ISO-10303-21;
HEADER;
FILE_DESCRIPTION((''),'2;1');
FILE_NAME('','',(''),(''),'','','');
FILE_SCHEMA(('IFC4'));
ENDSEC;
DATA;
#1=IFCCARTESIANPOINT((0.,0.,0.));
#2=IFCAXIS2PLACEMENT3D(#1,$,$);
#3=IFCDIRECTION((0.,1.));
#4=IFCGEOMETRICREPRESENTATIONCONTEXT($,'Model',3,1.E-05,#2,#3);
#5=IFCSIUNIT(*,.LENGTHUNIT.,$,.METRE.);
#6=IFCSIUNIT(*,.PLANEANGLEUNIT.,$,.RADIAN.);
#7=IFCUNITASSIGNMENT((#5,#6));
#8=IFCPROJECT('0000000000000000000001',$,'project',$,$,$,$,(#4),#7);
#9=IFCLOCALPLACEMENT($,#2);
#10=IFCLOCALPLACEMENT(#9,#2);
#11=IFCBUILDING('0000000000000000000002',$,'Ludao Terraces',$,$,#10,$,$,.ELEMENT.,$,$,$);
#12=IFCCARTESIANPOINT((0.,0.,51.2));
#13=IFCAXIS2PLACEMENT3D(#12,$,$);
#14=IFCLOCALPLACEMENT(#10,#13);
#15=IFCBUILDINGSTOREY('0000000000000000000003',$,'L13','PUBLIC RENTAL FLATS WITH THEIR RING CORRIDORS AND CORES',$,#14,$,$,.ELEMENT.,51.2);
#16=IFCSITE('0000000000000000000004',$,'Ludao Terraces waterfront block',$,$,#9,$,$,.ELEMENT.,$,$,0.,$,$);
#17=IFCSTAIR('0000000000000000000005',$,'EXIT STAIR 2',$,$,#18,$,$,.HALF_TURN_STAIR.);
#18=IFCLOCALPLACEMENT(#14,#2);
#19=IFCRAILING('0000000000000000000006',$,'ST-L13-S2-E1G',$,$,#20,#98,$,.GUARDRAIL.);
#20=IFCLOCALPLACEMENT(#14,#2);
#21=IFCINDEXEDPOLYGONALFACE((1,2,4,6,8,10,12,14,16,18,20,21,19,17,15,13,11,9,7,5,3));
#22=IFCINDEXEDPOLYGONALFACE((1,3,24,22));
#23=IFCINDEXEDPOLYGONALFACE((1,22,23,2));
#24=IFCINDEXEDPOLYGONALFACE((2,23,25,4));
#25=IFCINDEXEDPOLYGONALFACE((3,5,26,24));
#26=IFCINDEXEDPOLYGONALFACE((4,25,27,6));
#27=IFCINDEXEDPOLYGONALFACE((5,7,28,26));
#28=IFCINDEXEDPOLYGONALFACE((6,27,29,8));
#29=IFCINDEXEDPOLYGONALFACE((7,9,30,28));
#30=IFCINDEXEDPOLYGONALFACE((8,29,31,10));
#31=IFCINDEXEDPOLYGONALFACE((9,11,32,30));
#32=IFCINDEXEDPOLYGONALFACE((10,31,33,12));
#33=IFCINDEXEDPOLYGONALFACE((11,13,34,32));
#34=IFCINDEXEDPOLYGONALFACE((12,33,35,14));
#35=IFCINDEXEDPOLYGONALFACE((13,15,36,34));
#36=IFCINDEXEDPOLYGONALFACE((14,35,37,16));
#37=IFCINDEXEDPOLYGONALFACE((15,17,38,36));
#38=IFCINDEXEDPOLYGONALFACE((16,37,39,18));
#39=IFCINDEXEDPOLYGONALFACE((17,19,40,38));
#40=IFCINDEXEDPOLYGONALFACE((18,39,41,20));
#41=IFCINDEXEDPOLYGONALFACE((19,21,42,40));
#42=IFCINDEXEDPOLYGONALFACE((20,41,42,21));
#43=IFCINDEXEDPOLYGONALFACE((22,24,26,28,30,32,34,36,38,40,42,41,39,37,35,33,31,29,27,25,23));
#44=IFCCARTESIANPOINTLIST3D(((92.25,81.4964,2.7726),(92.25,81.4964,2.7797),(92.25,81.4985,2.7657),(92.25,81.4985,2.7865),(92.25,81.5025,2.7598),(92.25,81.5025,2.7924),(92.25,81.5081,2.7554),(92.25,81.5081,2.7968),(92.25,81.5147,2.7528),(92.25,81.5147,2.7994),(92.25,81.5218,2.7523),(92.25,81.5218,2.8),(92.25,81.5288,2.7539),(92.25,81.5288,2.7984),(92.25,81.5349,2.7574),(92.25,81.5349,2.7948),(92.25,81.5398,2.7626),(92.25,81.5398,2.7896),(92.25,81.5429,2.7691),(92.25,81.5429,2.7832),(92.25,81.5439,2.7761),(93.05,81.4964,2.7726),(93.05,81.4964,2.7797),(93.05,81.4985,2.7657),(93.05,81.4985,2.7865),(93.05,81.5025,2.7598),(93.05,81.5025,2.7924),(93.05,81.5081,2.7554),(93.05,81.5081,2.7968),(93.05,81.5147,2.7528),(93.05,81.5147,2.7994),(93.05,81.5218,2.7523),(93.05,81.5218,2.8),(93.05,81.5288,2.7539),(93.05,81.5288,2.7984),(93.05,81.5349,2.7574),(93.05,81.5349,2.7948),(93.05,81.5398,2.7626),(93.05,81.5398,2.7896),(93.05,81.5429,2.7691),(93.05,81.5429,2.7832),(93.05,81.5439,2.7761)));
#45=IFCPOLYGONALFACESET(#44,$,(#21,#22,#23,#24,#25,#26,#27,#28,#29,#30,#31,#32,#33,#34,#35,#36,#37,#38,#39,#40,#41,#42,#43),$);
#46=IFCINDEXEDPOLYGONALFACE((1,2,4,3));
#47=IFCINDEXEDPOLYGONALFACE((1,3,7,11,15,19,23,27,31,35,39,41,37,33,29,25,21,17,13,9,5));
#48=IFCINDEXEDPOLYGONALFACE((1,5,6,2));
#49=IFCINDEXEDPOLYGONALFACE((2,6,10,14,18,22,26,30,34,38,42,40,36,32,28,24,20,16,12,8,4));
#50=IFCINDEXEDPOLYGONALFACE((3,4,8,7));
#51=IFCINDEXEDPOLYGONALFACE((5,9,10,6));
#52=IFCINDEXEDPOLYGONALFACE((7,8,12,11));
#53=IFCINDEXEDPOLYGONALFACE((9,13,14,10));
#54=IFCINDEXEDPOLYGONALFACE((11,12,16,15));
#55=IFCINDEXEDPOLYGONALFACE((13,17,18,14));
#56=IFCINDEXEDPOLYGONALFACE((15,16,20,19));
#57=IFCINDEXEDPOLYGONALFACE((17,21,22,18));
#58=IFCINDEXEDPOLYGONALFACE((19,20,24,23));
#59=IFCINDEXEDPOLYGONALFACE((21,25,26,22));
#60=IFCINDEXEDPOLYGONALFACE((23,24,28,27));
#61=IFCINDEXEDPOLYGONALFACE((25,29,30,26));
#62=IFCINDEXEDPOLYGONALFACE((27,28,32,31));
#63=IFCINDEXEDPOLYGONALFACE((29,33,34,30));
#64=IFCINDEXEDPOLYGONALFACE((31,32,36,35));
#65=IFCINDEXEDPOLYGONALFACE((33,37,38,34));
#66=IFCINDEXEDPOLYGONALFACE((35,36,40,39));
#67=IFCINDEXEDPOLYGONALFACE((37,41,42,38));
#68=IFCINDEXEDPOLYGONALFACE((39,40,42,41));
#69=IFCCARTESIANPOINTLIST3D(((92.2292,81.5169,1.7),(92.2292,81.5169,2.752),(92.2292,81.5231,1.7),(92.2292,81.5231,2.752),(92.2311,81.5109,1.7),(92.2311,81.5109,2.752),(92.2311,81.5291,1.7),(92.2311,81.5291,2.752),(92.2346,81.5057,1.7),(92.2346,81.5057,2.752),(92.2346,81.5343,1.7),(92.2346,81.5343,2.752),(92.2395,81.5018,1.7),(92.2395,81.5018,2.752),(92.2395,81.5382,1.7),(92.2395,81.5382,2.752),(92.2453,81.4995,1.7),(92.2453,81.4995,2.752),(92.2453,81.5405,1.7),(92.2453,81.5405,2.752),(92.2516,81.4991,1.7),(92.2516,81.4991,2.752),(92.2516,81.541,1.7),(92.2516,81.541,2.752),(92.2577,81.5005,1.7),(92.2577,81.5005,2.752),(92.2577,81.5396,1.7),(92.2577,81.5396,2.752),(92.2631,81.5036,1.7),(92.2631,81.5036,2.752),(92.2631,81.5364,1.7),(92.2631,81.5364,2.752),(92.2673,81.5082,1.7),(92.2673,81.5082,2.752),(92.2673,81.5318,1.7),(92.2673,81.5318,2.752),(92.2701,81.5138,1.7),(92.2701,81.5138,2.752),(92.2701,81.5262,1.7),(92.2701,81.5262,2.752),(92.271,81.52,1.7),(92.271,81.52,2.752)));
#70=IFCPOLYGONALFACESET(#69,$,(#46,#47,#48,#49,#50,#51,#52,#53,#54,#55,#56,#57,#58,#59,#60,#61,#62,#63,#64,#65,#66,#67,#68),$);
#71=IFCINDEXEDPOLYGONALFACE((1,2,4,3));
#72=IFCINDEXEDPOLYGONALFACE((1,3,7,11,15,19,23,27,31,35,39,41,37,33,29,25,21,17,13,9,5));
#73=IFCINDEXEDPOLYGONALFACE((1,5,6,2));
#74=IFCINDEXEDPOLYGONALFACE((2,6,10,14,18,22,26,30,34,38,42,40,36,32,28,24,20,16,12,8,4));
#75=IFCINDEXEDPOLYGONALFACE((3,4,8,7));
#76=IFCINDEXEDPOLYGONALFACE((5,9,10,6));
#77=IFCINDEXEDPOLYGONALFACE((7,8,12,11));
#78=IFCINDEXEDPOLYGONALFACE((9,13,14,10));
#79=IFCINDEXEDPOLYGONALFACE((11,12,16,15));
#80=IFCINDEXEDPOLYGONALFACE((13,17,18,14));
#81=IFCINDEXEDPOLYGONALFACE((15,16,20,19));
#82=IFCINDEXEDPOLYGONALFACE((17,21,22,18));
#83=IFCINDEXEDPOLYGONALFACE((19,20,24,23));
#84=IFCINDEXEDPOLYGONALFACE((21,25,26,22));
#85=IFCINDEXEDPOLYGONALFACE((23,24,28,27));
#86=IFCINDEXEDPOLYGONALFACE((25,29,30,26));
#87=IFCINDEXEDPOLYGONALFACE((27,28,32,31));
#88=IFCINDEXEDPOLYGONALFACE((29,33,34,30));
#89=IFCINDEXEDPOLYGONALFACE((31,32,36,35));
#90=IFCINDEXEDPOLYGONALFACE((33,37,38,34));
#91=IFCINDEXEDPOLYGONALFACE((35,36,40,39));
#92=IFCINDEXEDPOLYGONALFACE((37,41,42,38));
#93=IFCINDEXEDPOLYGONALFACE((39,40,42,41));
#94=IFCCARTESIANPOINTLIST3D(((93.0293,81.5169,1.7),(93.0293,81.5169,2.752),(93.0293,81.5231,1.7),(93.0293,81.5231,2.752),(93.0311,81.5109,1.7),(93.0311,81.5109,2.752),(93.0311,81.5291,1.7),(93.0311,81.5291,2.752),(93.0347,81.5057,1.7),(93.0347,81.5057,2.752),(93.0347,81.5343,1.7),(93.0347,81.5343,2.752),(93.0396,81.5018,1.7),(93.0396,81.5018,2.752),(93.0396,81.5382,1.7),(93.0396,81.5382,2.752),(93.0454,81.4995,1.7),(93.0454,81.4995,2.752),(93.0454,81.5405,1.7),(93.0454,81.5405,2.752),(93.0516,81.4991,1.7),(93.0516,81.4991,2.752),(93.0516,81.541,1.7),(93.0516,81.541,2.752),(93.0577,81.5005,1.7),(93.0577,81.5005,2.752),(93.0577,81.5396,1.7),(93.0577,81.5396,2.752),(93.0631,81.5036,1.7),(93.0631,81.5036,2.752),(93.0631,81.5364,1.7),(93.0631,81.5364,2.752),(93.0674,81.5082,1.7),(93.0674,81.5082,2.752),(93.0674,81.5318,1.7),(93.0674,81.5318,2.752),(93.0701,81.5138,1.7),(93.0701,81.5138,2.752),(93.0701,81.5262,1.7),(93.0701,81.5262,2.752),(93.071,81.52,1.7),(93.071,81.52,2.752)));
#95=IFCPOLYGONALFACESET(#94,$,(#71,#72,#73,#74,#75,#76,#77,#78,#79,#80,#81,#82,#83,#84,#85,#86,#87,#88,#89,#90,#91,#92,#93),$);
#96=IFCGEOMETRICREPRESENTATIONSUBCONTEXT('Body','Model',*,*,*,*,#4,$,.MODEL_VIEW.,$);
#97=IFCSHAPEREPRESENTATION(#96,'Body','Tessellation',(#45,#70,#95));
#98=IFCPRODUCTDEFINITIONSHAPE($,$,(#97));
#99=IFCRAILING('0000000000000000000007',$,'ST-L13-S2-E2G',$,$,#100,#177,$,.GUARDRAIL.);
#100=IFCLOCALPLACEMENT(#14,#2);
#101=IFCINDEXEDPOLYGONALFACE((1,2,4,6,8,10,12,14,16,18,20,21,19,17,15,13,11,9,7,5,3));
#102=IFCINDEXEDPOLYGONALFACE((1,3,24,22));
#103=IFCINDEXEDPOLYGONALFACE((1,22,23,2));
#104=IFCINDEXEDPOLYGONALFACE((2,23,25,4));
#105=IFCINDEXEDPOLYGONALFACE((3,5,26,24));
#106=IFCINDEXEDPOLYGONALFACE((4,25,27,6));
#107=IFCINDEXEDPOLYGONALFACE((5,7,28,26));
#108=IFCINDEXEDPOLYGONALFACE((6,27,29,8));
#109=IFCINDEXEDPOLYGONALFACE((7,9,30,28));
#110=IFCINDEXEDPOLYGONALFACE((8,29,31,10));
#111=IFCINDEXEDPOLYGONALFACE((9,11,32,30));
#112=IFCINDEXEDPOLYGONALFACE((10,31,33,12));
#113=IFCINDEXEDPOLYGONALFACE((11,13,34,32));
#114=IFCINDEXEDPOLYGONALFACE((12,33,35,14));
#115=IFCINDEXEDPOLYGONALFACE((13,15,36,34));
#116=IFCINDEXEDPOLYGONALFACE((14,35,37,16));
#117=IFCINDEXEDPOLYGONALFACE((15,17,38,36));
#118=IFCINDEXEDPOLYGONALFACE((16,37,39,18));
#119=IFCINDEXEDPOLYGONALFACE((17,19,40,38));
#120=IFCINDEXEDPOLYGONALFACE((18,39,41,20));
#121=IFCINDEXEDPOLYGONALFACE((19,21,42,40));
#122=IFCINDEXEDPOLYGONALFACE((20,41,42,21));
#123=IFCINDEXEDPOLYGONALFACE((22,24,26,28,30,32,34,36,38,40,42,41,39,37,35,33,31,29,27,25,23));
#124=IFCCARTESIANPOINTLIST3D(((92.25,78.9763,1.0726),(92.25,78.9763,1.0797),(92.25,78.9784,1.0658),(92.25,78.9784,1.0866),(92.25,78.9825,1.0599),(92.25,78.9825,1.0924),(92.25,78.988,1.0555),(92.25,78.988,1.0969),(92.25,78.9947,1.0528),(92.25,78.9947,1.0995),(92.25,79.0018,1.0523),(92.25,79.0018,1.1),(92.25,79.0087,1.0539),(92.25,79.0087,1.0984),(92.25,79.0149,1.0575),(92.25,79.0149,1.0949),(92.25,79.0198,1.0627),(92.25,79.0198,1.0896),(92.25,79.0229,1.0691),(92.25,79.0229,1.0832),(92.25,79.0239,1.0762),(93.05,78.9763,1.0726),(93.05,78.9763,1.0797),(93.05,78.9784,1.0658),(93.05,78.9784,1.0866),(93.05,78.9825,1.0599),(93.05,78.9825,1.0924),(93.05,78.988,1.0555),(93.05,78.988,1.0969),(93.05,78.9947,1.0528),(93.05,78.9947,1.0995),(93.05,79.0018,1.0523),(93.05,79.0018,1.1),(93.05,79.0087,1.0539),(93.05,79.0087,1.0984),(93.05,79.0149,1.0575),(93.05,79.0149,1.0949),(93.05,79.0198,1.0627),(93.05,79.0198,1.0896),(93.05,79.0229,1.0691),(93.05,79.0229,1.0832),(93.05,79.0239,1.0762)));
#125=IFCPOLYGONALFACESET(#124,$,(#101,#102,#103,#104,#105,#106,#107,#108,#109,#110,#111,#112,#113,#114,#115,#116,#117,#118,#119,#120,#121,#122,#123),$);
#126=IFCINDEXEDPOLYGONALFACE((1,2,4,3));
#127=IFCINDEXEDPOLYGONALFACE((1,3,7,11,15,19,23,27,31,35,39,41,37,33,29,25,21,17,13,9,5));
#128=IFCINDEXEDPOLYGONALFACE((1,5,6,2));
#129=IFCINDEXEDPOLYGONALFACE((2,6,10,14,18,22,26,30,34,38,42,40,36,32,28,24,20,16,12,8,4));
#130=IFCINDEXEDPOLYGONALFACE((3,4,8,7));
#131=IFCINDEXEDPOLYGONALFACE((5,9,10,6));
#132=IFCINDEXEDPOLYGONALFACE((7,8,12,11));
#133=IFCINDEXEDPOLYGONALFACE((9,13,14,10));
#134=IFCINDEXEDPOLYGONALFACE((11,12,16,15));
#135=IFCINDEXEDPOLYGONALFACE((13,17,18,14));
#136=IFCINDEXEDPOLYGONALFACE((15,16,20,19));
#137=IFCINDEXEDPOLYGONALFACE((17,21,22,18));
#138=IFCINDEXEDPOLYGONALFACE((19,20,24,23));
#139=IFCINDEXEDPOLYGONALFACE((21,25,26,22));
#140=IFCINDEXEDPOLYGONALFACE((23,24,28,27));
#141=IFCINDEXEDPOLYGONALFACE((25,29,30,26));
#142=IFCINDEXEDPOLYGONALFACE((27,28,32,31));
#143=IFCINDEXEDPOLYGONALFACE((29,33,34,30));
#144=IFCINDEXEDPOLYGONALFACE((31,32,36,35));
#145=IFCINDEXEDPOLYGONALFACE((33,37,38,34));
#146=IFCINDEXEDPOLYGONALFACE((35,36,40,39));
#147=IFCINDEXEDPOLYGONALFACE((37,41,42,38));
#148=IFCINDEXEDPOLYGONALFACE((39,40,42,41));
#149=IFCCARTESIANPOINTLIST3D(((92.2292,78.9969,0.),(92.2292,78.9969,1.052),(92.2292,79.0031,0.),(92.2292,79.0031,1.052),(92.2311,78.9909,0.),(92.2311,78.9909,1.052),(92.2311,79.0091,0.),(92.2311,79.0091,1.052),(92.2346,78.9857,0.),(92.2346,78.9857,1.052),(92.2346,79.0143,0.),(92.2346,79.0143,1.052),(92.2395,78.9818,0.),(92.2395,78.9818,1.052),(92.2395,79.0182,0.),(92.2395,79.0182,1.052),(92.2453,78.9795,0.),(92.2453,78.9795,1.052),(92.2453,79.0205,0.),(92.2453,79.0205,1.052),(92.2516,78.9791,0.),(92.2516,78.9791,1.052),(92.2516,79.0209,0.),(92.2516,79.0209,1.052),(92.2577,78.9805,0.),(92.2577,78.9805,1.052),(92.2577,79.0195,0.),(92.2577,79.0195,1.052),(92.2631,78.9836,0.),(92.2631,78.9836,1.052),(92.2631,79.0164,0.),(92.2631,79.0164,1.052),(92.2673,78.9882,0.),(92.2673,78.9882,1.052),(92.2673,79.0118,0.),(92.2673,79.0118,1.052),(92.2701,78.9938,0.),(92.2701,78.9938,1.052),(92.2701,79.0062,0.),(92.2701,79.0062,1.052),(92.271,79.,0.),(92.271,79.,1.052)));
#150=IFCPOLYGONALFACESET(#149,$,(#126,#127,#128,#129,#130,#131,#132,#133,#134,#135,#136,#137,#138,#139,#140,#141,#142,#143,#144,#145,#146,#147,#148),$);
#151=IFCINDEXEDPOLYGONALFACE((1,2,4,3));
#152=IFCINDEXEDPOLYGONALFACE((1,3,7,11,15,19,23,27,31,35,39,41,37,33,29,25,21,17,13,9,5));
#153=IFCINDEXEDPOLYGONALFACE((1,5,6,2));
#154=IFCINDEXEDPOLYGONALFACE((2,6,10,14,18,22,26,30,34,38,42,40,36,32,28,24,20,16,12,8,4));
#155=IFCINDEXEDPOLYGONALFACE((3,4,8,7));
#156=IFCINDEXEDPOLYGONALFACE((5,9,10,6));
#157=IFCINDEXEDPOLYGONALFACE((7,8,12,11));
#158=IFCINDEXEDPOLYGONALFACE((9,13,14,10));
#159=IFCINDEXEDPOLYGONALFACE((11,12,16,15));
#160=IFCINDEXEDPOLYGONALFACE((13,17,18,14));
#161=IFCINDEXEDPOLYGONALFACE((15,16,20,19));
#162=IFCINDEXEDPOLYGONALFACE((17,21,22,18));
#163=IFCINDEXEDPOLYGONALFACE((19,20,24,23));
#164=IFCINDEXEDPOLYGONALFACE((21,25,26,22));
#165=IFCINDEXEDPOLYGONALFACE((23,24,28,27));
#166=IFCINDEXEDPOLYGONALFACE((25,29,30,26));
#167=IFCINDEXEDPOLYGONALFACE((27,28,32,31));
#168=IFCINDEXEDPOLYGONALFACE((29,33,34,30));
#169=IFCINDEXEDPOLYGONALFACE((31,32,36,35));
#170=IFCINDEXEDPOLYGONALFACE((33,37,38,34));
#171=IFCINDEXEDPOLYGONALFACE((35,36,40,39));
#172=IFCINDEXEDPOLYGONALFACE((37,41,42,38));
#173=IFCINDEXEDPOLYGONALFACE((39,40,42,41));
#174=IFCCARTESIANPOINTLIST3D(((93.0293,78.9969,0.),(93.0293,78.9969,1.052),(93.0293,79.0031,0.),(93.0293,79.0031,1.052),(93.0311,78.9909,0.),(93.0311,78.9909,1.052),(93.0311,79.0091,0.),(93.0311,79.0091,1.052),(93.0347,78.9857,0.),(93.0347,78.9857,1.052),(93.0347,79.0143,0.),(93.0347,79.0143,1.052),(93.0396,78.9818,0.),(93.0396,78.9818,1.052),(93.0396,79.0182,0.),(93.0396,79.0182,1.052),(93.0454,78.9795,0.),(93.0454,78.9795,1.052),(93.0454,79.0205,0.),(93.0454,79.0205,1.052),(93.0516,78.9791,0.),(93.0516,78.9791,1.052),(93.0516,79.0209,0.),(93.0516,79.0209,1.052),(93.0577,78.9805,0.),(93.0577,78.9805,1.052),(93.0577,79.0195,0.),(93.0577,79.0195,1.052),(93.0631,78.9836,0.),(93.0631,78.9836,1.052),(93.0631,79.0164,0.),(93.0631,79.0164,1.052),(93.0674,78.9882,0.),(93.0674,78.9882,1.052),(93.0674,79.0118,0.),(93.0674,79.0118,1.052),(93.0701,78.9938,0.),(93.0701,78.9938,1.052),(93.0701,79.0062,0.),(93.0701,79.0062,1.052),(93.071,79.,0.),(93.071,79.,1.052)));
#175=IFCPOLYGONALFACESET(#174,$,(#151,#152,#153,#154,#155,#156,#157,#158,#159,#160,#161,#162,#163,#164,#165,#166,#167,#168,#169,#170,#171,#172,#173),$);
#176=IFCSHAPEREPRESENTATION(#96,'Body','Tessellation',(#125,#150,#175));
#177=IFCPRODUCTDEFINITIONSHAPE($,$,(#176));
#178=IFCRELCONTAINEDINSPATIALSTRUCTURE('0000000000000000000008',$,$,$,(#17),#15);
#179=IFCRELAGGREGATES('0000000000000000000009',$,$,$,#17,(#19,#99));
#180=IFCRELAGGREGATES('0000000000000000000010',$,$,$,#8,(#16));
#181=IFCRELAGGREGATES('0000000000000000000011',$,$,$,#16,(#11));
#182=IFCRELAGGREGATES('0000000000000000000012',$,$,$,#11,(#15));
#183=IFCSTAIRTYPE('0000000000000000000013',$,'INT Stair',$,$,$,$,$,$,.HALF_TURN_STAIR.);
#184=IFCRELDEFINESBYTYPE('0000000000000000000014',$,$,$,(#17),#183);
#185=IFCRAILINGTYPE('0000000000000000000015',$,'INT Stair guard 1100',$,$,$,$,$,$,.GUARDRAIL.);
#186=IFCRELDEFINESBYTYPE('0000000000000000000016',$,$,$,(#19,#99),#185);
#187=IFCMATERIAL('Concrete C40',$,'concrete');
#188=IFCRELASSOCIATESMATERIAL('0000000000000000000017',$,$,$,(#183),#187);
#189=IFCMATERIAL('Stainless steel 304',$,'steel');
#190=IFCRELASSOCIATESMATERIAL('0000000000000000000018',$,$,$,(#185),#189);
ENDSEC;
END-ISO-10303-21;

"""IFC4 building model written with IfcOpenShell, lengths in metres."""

from ifc_helpers import new_model, si_unit, direction, frame, origin, origin_2d, place, context, subcontext, project, spatial, circle, extrude, material, type_object, element, aggregate, save


model = new_model("IFC4")

# Units and contexts
model_context = context("Model", 3, precision=1e-05, world=origin(), true_north=direction((0.0, 1.0)))
body_context = subcontext(model_context, "Body", "Model", "MODEL_VIEW")
ifc_project = project(units=[si_unit("LENGTHUNIT", "METRE"), si_unit("PLANEANGLEUNIT", "RADIAN")], contexts=[model_context])

# Site, building, storey
site_placement = place(None, origin())
site = spatial("IfcSite", under=ifc_project, at=site_placement, Name="Ludao Terraces waterfront block", CompositionType="ELEMENT", RefElevation=0.0)
building_placement = place(site_placement, origin())
building = spatial("IfcBuilding", under=site, at=building_placement, Name="Ludao Terraces", CompositionType="ELEMENT")
storey_placement = place(building_placement, frame((0.0, 0.0, 51.2)))
storey = spatial("IfcBuildingStorey", under=building, at=storey_placement, Name="L13", Description="PUBLIC RENTAL FLATS WITH THEIR RING CORRIDORS AND CORES", CompositionType="ELEMENT", Elevation=51.2)

# Shared definitions
ifc_material_1 = material(Name="Stainless steel 304", Category="steel")

# Stair, railings
ifc_material_2 = material(Name="Concrete C40", Category="concrete")
stair_type = type_object("IfcStairType", Name="INT Stair", PredefinedType="HALF_TURN_STAIR", material=ifc_material_2)
stair_placement = place(storey_placement, origin())
stair = element("IfcStair", 1, at=stair_placement, inside=storey, type_object=stair_type, Name="EXIT STAIR 2", PredefinedType="HALF_TURN_STAIR")
railing_type = type_object("IfcRailingType", Name="INT Stair guard 1100", PredefinedType="GUARDRAIL", material=ifc_material_1)
railing_1_placement = place(storey_placement, frame((92.25, 81.52, 1.7)))
railing_1 = element("IfcRailing", 2, at=railing_1_placement, type_object=railing_type, Name="ST-L13-S2-E1G", PredefinedType="GUARDRAIL", context=body_context, shape_type="SweptSolid", body=[
    extrude(circle(Radius=0.0239, at=origin_2d()), frame((0.0, 0.0, 1.0762), z_axis=(1.0, 0.0, 0.0), x_axis=(0.0, 1.0, 0.0)), (0.0, 0.0, 1.0), 0.8),
    extrude(circle(Radius=0.021, at=origin_2d()), origin(), (0.0, 0.0, 1.0), 1.052),
    extrude(circle(Radius=0.021, at=origin_2d()), frame((0.8, 0.0, 0.0)), (0.0, 0.0, 1.0), 1.052),
])
railing_2_placement = place(storey_placement, frame((92.25, 79.0, 0.0)))
railing_2 = element("IfcRailing", 3, at=railing_2_placement, type_object=railing_type, Name="ST-L13-S2-E2G", PredefinedType="GUARDRAIL", context=body_context, shape_type="SweptSolid", body=[
    extrude(circle(Radius=0.0239, at=origin_2d()), frame((0.0, 0.0, 1.0762), z_axis=(1.0, 0.0, 0.0), x_axis=(0.0, 1.0, 0.0)), (0.0, 0.0, 1.0), 0.8),
    extrude(circle(Radius=0.021, at=origin_2d()), origin(), (0.0, 0.0, 1.0), 1.052),
    extrude(circle(Radius=0.021, at=origin_2d()), frame((0.8, 0.0, 0.0)), (0.0, 0.0, 1.0), 1.052),
])
aggregate(stair, [railing_1, railing_2])

save(model, "model.ifc")
